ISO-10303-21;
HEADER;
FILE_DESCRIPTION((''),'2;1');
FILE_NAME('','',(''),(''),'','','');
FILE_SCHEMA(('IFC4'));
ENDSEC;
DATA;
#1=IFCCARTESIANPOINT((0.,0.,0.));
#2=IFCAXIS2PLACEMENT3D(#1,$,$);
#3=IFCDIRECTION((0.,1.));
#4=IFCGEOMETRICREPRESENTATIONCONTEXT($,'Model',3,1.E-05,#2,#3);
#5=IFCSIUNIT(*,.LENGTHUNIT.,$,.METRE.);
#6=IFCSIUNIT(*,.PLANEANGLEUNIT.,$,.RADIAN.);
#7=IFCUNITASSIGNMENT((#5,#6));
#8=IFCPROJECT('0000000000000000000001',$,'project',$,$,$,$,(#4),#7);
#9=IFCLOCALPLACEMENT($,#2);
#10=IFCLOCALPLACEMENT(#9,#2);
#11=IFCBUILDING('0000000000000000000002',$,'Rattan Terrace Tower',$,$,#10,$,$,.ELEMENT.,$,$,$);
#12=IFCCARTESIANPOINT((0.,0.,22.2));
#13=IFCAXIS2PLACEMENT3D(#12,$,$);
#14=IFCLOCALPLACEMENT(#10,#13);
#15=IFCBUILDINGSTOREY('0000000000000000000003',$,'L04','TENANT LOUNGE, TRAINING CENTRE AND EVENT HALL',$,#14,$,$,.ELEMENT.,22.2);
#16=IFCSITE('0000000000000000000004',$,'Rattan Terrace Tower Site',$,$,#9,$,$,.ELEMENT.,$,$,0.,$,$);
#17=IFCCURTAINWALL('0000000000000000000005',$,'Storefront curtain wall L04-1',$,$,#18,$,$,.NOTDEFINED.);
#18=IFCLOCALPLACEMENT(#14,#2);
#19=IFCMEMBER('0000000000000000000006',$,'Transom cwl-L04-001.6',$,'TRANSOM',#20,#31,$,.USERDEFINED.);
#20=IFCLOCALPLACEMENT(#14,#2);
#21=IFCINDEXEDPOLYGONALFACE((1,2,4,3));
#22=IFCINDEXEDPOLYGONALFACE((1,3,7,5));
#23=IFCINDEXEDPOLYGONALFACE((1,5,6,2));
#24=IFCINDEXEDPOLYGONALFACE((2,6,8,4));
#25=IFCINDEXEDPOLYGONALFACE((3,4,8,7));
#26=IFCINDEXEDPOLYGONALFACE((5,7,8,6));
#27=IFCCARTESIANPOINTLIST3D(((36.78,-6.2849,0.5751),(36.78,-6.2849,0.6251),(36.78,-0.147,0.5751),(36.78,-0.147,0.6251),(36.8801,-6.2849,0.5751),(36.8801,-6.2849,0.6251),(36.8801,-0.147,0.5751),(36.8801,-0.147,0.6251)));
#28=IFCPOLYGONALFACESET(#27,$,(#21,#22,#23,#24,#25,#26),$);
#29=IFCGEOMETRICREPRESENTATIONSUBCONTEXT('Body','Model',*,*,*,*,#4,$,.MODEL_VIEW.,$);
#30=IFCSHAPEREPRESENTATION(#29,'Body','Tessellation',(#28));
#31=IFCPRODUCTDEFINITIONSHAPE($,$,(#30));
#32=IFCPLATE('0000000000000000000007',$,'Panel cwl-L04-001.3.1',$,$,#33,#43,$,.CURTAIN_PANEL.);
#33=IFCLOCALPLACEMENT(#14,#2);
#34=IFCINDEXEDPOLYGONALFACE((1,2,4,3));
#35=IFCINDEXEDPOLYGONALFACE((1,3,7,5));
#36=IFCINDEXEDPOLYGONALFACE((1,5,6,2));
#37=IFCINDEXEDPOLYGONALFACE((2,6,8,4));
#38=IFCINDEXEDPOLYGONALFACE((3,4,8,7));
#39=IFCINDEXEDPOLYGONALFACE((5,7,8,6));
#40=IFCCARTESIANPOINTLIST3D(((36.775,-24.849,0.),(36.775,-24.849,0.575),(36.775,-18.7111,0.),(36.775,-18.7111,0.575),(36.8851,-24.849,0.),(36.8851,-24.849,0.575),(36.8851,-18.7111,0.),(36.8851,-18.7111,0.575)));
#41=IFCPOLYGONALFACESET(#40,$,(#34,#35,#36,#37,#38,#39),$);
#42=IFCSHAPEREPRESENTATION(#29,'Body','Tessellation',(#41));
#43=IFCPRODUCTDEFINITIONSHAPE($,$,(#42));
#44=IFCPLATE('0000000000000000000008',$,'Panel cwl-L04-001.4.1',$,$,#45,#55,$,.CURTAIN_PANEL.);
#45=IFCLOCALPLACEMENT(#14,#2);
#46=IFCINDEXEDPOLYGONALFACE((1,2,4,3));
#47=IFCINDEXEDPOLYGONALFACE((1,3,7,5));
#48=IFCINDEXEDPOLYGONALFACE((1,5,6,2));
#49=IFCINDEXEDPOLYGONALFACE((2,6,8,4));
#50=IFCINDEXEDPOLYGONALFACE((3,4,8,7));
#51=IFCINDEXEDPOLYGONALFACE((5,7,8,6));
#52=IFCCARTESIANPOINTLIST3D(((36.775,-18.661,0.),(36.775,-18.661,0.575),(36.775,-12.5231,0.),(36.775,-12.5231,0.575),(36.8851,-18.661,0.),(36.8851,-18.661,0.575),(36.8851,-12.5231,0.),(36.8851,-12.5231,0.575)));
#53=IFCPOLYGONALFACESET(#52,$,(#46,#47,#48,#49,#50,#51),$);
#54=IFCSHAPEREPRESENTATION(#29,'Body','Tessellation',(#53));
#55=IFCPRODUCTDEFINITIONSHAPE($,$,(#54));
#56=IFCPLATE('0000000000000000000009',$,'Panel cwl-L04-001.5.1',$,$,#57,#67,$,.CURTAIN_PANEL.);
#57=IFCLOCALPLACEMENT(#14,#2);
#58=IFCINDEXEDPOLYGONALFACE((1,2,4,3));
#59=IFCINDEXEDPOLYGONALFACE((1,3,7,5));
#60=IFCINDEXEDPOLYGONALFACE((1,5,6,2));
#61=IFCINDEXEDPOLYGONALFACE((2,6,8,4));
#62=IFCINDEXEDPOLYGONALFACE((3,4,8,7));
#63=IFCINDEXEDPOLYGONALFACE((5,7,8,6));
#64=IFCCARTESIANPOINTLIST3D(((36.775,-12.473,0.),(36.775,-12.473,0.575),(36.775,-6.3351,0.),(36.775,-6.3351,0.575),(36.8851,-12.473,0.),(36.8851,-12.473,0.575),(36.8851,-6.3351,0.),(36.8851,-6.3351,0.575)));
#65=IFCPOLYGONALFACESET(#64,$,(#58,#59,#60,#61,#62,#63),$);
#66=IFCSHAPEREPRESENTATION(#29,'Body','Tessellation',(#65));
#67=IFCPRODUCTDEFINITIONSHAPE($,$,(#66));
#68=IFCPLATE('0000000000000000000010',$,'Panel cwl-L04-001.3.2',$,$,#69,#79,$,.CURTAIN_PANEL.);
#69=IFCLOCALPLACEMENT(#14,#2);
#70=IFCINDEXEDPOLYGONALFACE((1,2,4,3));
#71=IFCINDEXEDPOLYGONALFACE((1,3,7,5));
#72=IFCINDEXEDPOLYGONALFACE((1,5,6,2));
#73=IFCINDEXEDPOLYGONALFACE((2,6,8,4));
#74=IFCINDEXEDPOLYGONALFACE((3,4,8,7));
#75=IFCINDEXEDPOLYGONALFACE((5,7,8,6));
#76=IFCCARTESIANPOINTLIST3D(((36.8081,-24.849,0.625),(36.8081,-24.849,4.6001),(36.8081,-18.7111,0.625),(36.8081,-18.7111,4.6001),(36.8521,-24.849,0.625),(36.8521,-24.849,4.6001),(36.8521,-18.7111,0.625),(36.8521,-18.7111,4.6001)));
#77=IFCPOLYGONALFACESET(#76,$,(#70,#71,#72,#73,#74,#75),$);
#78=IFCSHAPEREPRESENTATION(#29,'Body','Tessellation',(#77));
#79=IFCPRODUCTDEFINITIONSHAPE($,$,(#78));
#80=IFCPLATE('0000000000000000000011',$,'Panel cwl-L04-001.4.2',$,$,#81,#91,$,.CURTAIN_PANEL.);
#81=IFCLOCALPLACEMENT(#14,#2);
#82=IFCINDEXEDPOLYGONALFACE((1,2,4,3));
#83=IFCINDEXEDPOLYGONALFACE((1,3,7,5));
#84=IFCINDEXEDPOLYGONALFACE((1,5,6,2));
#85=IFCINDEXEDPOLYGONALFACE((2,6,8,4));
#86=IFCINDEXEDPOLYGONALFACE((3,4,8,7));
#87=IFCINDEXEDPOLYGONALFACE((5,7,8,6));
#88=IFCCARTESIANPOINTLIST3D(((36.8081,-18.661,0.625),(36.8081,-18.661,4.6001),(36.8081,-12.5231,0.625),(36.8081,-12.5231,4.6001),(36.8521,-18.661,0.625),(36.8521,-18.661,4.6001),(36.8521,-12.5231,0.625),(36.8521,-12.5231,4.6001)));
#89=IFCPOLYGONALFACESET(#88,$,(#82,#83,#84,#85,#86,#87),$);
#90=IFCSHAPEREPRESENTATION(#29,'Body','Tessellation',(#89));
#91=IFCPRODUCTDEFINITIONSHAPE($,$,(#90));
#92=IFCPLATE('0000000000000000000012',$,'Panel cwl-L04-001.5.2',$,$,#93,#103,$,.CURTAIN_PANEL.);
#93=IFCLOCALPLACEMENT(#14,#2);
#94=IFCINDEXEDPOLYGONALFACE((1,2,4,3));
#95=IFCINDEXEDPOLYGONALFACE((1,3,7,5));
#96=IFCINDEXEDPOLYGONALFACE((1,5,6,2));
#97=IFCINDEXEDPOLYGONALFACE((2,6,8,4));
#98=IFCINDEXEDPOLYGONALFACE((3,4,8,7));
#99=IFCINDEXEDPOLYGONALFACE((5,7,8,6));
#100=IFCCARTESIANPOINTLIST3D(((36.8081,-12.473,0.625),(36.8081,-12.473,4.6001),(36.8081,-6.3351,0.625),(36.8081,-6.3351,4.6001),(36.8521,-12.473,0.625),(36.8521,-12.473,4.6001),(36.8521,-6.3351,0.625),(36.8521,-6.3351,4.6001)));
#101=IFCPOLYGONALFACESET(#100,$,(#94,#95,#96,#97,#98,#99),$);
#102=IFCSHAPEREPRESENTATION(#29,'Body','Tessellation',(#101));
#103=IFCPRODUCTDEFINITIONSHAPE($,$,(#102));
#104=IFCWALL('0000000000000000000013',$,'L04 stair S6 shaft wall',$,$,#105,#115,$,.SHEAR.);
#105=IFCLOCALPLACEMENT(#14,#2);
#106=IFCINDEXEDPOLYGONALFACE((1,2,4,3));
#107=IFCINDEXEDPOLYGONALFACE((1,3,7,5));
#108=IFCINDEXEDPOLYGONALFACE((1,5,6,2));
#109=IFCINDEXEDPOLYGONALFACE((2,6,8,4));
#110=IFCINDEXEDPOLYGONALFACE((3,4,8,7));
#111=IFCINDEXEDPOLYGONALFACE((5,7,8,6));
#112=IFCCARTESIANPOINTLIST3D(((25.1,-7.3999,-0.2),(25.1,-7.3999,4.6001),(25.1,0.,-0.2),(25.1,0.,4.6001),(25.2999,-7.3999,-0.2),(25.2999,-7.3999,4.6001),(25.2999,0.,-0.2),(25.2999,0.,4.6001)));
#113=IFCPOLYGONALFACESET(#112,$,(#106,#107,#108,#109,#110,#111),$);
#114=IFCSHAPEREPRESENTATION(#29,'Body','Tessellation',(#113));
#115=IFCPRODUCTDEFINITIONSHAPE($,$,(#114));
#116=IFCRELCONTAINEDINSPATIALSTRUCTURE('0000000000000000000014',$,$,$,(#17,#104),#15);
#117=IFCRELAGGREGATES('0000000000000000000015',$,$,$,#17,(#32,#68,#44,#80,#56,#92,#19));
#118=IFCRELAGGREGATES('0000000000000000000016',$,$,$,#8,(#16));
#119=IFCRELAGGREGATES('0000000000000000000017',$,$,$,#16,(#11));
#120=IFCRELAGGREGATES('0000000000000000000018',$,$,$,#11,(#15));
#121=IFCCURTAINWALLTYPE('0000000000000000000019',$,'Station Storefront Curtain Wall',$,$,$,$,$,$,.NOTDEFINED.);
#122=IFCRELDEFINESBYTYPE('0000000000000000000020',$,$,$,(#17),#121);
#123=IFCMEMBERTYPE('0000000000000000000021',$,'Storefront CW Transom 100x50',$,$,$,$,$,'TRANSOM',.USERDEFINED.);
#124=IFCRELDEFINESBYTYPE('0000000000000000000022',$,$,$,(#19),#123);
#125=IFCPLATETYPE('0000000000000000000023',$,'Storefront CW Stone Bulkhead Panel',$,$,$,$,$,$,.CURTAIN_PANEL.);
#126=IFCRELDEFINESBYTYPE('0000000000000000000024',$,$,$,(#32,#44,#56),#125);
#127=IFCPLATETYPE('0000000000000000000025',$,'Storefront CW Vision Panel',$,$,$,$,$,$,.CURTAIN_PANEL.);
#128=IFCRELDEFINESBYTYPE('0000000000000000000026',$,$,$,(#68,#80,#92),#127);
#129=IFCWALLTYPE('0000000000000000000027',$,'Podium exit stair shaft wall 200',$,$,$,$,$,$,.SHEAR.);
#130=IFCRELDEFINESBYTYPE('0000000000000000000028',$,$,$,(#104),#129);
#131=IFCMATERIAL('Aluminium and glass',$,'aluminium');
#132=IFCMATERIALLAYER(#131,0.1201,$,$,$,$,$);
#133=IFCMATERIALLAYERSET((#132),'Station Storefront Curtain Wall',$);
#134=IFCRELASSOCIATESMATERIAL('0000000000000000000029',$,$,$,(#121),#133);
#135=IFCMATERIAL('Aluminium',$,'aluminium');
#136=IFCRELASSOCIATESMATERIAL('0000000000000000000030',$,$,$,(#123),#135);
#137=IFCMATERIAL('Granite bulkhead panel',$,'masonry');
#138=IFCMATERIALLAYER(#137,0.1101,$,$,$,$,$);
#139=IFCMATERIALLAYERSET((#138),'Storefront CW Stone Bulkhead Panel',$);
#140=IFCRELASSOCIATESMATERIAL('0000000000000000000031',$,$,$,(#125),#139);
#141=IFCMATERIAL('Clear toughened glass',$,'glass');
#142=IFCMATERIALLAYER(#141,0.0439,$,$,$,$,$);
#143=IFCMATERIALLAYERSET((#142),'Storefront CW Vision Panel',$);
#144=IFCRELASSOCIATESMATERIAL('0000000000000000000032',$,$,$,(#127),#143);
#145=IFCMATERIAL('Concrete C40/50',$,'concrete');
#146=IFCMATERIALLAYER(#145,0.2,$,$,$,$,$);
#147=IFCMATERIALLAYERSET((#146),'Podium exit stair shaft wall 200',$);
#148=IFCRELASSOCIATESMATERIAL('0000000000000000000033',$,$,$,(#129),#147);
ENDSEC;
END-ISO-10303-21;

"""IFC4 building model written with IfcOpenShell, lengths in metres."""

from ifc_helpers import new_model, si_unit, direction, frame, frame_2d, origin, origin_2d, place, context, subcontext, project, spatial, rectangle, extrude, material, layer, layer_set, material_profile, profile_set, type_object, element, aggregate, save


model = new_model("IFC4")

# Units and contexts
model_context = context("Model", 3, precision=1e-05, world=origin(), true_north=direction((0.0, 1.0)))
body_context = subcontext(model_context, "Body", "Model", "MODEL_VIEW")
ifc_project = project(units=[si_unit("LENGTHUNIT", "METRE"), si_unit("PLANEANGLEUNIT", "RADIAN")], contexts=[model_context])

# Site, building, storey
site_placement = place(None, origin())
site = spatial("IfcSite", under=ifc_project, at=site_placement, Name="Rattan Terrace Tower Site", CompositionType="ELEMENT", RefElevation=0.0)
building_placement = place(site_placement, origin())
building = spatial("IfcBuilding", under=site, at=building_placement, Name="Rattan Terrace Tower", CompositionType="ELEMENT")
storey_placement = place(building_placement, frame((0.0, 0.0, 22.2)))
storey = spatial("IfcBuildingStorey", under=building, at=storey_placement, Name="L04", Description="TENANT LOUNGE, TRAINING CENTRE AND EVENT HALL", CompositionType="ELEMENT", Elevation=22.2)

# Curtain wall, member, plates
ifc_material_1 = material(Name="Aluminium and glass", Category="aluminium")
ifc_layer_1 = layer(ifc_material_1, 0.1201)
ifc_layer_set_1 = layer_set([ifc_layer_1], Name="Station Storefront Curtain Wall")
curtain_wall_type = type_object("IfcCurtainWallType", Name="Station Storefront Curtain Wall", PredefinedType="NOTDEFINED", material=ifc_layer_set_1)
curtain_wall_placement = place(storey_placement, origin())
curtain_wall = element("IfcCurtainWall", 1, at=curtain_wall_placement, inside=storey, type_object=curtain_wall_type, Name="Storefront curtain wall L04-1", PredefinedType="NOTDEFINED")
ifc_material_2 = material(Name="Aluminium", Category="aluminium")
ifc_material_profile_1 = material_profile(ifc_material_2, rectangle(XDim=0.1001, YDim=0.05, at=origin_2d()), Name="Aluminium 100x50")
ifc_profile_set_1 = profile_set([ifc_material_profile_1], Name="Aluminium")
member_type_1 = type_object("IfcMemberType", Name="Storefront CW Transom 100x50", ElementType="TRANSOM", PredefinedType="USERDEFINED", material=ifc_profile_set_1)
member_1_placement = place(storey_placement, frame((36.8301, -6.2849, 0.6001), z_axis=(0.0, 1.0, 0.0), x_axis=(-1.0, 0.0, 0.0)))
member_1 = element("IfcMember", 2, at=member_1_placement, type_object=member_type_1, Name="Transom cwl-L04-001.6", ObjectType="TRANSOM", PredefinedType="USERDEFINED", context=body_context, shape_type="SweptSolid", body=[
    extrude(rectangle(XDim=0.1001, YDim=0.05, at=origin_2d()), origin(), (0.0, 0.0, 1.0), 6.1379),
])
ifc_material_3 = material(Name="Granite bulkhead panel", Category="masonry")
ifc_layer_2 = layer(ifc_material_3, 0.1101)
ifc_layer_set_2 = layer_set([ifc_layer_2], Name="Storefront CW Stone Bulkhead Panel")
plate_type_1 = type_object("IfcPlateType", Name="Storefront CW Stone Bulkhead Panel", PredefinedType="CURTAIN_PANEL", material=ifc_layer_set_2)
plate_1_placement = place(storey_placement, frame((36.8301, -21.78, 0.0), z_axis=(0.0, 0.0, 1.0), x_axis=(0.0, 1.0, 0.0)))
plate_1 = element("IfcPlate", 3, at=plate_1_placement, type_object=plate_type_1, Name="Panel cwl-L04-001.3.1", PredefinedType="CURTAIN_PANEL", context=body_context, shape_type="SweptSolid", body=[
    extrude(rectangle(XDim=6.1379, YDim=0.1101, at=origin_2d()), origin(), (0.0, 0.0, 1.0), 0.575),
])
plate_2_placement = place(storey_placement, frame((36.8301, -15.592, 0.0), z_axis=(0.0, 0.0, 1.0), x_axis=(0.0, 1.0, 0.0)))
plate_2 = element("IfcPlate", 4, at=plate_2_placement, type_object=plate_type_1, Name="Panel cwl-L04-001.4.1", PredefinedType="CURTAIN_PANEL", context=body_context, shape_type="SweptSolid", body=[
    extrude(rectangle(XDim=6.1379, YDim=0.1101, at=origin_2d()), origin(), (0.0, 0.0, 1.0), 0.575),
])
plate_3_placement = place(storey_placement, frame((36.8301, -9.4041, 0.0), z_axis=(0.0, 0.0, 1.0), x_axis=(0.0, 1.0, 0.0)))
plate_3 = element("IfcPlate", 5, at=plate_3_placement, type_object=plate_type_1, Name="Panel cwl-L04-001.5.1", PredefinedType="CURTAIN_PANEL", context=body_context, shape_type="SweptSolid", body=[
    extrude(rectangle(XDim=6.1379, YDim=0.1101, at=origin_2d()), origin(), (0.0, 0.0, 1.0), 0.575),
])
ifc_material_4 = material(Name="Clear toughened glass", Category="glass")
ifc_layer_3 = layer(ifc_material_4, 0.0439)
ifc_layer_set_3 = layer_set([ifc_layer_3], Name="Storefront CW Vision Panel")
plate_type_2 = type_object("IfcPlateType", Name="Storefront CW Vision Panel", PredefinedType="CURTAIN_PANEL", material=ifc_layer_set_3)
plate_4_placement = place(storey_placement, frame((36.8301, -21.78, 0.625), z_axis=(0.0, 0.0, 1.0), x_axis=(0.0, 1.0, 0.0)))
plate_4 = element("IfcPlate", 6, at=plate_4_placement, type_object=plate_type_2, Name="Panel cwl-L04-001.3.2", PredefinedType="CURTAIN_PANEL", context=body_context, shape_type="SweptSolid", body=[
    extrude(rectangle(XDim=6.1379, YDim=0.0439, at=origin_2d()), origin(), (0.0, 0.0, 1.0), 3.9751),
])
plate_5_placement = place(storey_placement, frame((36.8301, -15.592, 0.625), z_axis=(0.0, 0.0, 1.0), x_axis=(0.0, 1.0, 0.0)))
plate_5 = element("IfcPlate", 7, at=plate_5_placement, type_object=plate_type_2, Name="Panel cwl-L04-001.4.2", PredefinedType="CURTAIN_PANEL", context=body_context, shape_type="SweptSolid", body=[
    extrude(rectangle(XDim=6.1379, YDim=0.0439, at=origin_2d()), origin(), (0.0, 0.0, 1.0), 3.9751),
])
plate_6_placement = place(storey_placement, frame((36.8301, -9.4041, 0.625), z_axis=(0.0, 0.0, 1.0), x_axis=(0.0, 1.0, 0.0)))
plate_6 = element("IfcPlate", 8, at=plate_6_placement, type_object=plate_type_2, Name="Panel cwl-L04-001.5.2", PredefinedType="CURTAIN_PANEL", context=body_context, shape_type="SweptSolid", body=[
    extrude(rectangle(XDim=6.1379, YDim=0.0439, at=origin_2d()), origin(), (0.0, 0.0, 1.0), 3.9751),
])
aggregate(curtain_wall, [plate_1, plate_4, plate_2, plate_5, plate_3, plate_6, member_1])

# Wall
ifc_material_5 = material(Name="Concrete C40/50", Category="concrete")
ifc_layer_4 = layer(ifc_material_5, 0.2)
ifc_layer_set_4 = layer_set([ifc_layer_4], Name="Podium exit stair shaft wall 200")
wall_type = type_object("IfcWallType", Name="Podium exit stair shaft wall 200", PredefinedType="SHEAR", material=ifc_layer_set_4)
wall_placement = place(storey_placement, frame((25.2, -7.3999, -0.2), z_axis=(0.0, 0.0, 1.0), x_axis=(0.0, 1.0, 0.0)))
element("IfcWall", 9, at=wall_placement, inside=storey, type_object=wall_type, Name="L04 stair S6 shaft wall", PredefinedType="SHEAR", context=body_context, shape_type="SweptSolid", body=[
    extrude(rectangle(XDim=7.3999, YDim=0.2, at=frame_2d((3.7, 0.0))), origin(), (0.0, 0.0, 1.0), 4.8),
])

save(model, "model.ifc")
